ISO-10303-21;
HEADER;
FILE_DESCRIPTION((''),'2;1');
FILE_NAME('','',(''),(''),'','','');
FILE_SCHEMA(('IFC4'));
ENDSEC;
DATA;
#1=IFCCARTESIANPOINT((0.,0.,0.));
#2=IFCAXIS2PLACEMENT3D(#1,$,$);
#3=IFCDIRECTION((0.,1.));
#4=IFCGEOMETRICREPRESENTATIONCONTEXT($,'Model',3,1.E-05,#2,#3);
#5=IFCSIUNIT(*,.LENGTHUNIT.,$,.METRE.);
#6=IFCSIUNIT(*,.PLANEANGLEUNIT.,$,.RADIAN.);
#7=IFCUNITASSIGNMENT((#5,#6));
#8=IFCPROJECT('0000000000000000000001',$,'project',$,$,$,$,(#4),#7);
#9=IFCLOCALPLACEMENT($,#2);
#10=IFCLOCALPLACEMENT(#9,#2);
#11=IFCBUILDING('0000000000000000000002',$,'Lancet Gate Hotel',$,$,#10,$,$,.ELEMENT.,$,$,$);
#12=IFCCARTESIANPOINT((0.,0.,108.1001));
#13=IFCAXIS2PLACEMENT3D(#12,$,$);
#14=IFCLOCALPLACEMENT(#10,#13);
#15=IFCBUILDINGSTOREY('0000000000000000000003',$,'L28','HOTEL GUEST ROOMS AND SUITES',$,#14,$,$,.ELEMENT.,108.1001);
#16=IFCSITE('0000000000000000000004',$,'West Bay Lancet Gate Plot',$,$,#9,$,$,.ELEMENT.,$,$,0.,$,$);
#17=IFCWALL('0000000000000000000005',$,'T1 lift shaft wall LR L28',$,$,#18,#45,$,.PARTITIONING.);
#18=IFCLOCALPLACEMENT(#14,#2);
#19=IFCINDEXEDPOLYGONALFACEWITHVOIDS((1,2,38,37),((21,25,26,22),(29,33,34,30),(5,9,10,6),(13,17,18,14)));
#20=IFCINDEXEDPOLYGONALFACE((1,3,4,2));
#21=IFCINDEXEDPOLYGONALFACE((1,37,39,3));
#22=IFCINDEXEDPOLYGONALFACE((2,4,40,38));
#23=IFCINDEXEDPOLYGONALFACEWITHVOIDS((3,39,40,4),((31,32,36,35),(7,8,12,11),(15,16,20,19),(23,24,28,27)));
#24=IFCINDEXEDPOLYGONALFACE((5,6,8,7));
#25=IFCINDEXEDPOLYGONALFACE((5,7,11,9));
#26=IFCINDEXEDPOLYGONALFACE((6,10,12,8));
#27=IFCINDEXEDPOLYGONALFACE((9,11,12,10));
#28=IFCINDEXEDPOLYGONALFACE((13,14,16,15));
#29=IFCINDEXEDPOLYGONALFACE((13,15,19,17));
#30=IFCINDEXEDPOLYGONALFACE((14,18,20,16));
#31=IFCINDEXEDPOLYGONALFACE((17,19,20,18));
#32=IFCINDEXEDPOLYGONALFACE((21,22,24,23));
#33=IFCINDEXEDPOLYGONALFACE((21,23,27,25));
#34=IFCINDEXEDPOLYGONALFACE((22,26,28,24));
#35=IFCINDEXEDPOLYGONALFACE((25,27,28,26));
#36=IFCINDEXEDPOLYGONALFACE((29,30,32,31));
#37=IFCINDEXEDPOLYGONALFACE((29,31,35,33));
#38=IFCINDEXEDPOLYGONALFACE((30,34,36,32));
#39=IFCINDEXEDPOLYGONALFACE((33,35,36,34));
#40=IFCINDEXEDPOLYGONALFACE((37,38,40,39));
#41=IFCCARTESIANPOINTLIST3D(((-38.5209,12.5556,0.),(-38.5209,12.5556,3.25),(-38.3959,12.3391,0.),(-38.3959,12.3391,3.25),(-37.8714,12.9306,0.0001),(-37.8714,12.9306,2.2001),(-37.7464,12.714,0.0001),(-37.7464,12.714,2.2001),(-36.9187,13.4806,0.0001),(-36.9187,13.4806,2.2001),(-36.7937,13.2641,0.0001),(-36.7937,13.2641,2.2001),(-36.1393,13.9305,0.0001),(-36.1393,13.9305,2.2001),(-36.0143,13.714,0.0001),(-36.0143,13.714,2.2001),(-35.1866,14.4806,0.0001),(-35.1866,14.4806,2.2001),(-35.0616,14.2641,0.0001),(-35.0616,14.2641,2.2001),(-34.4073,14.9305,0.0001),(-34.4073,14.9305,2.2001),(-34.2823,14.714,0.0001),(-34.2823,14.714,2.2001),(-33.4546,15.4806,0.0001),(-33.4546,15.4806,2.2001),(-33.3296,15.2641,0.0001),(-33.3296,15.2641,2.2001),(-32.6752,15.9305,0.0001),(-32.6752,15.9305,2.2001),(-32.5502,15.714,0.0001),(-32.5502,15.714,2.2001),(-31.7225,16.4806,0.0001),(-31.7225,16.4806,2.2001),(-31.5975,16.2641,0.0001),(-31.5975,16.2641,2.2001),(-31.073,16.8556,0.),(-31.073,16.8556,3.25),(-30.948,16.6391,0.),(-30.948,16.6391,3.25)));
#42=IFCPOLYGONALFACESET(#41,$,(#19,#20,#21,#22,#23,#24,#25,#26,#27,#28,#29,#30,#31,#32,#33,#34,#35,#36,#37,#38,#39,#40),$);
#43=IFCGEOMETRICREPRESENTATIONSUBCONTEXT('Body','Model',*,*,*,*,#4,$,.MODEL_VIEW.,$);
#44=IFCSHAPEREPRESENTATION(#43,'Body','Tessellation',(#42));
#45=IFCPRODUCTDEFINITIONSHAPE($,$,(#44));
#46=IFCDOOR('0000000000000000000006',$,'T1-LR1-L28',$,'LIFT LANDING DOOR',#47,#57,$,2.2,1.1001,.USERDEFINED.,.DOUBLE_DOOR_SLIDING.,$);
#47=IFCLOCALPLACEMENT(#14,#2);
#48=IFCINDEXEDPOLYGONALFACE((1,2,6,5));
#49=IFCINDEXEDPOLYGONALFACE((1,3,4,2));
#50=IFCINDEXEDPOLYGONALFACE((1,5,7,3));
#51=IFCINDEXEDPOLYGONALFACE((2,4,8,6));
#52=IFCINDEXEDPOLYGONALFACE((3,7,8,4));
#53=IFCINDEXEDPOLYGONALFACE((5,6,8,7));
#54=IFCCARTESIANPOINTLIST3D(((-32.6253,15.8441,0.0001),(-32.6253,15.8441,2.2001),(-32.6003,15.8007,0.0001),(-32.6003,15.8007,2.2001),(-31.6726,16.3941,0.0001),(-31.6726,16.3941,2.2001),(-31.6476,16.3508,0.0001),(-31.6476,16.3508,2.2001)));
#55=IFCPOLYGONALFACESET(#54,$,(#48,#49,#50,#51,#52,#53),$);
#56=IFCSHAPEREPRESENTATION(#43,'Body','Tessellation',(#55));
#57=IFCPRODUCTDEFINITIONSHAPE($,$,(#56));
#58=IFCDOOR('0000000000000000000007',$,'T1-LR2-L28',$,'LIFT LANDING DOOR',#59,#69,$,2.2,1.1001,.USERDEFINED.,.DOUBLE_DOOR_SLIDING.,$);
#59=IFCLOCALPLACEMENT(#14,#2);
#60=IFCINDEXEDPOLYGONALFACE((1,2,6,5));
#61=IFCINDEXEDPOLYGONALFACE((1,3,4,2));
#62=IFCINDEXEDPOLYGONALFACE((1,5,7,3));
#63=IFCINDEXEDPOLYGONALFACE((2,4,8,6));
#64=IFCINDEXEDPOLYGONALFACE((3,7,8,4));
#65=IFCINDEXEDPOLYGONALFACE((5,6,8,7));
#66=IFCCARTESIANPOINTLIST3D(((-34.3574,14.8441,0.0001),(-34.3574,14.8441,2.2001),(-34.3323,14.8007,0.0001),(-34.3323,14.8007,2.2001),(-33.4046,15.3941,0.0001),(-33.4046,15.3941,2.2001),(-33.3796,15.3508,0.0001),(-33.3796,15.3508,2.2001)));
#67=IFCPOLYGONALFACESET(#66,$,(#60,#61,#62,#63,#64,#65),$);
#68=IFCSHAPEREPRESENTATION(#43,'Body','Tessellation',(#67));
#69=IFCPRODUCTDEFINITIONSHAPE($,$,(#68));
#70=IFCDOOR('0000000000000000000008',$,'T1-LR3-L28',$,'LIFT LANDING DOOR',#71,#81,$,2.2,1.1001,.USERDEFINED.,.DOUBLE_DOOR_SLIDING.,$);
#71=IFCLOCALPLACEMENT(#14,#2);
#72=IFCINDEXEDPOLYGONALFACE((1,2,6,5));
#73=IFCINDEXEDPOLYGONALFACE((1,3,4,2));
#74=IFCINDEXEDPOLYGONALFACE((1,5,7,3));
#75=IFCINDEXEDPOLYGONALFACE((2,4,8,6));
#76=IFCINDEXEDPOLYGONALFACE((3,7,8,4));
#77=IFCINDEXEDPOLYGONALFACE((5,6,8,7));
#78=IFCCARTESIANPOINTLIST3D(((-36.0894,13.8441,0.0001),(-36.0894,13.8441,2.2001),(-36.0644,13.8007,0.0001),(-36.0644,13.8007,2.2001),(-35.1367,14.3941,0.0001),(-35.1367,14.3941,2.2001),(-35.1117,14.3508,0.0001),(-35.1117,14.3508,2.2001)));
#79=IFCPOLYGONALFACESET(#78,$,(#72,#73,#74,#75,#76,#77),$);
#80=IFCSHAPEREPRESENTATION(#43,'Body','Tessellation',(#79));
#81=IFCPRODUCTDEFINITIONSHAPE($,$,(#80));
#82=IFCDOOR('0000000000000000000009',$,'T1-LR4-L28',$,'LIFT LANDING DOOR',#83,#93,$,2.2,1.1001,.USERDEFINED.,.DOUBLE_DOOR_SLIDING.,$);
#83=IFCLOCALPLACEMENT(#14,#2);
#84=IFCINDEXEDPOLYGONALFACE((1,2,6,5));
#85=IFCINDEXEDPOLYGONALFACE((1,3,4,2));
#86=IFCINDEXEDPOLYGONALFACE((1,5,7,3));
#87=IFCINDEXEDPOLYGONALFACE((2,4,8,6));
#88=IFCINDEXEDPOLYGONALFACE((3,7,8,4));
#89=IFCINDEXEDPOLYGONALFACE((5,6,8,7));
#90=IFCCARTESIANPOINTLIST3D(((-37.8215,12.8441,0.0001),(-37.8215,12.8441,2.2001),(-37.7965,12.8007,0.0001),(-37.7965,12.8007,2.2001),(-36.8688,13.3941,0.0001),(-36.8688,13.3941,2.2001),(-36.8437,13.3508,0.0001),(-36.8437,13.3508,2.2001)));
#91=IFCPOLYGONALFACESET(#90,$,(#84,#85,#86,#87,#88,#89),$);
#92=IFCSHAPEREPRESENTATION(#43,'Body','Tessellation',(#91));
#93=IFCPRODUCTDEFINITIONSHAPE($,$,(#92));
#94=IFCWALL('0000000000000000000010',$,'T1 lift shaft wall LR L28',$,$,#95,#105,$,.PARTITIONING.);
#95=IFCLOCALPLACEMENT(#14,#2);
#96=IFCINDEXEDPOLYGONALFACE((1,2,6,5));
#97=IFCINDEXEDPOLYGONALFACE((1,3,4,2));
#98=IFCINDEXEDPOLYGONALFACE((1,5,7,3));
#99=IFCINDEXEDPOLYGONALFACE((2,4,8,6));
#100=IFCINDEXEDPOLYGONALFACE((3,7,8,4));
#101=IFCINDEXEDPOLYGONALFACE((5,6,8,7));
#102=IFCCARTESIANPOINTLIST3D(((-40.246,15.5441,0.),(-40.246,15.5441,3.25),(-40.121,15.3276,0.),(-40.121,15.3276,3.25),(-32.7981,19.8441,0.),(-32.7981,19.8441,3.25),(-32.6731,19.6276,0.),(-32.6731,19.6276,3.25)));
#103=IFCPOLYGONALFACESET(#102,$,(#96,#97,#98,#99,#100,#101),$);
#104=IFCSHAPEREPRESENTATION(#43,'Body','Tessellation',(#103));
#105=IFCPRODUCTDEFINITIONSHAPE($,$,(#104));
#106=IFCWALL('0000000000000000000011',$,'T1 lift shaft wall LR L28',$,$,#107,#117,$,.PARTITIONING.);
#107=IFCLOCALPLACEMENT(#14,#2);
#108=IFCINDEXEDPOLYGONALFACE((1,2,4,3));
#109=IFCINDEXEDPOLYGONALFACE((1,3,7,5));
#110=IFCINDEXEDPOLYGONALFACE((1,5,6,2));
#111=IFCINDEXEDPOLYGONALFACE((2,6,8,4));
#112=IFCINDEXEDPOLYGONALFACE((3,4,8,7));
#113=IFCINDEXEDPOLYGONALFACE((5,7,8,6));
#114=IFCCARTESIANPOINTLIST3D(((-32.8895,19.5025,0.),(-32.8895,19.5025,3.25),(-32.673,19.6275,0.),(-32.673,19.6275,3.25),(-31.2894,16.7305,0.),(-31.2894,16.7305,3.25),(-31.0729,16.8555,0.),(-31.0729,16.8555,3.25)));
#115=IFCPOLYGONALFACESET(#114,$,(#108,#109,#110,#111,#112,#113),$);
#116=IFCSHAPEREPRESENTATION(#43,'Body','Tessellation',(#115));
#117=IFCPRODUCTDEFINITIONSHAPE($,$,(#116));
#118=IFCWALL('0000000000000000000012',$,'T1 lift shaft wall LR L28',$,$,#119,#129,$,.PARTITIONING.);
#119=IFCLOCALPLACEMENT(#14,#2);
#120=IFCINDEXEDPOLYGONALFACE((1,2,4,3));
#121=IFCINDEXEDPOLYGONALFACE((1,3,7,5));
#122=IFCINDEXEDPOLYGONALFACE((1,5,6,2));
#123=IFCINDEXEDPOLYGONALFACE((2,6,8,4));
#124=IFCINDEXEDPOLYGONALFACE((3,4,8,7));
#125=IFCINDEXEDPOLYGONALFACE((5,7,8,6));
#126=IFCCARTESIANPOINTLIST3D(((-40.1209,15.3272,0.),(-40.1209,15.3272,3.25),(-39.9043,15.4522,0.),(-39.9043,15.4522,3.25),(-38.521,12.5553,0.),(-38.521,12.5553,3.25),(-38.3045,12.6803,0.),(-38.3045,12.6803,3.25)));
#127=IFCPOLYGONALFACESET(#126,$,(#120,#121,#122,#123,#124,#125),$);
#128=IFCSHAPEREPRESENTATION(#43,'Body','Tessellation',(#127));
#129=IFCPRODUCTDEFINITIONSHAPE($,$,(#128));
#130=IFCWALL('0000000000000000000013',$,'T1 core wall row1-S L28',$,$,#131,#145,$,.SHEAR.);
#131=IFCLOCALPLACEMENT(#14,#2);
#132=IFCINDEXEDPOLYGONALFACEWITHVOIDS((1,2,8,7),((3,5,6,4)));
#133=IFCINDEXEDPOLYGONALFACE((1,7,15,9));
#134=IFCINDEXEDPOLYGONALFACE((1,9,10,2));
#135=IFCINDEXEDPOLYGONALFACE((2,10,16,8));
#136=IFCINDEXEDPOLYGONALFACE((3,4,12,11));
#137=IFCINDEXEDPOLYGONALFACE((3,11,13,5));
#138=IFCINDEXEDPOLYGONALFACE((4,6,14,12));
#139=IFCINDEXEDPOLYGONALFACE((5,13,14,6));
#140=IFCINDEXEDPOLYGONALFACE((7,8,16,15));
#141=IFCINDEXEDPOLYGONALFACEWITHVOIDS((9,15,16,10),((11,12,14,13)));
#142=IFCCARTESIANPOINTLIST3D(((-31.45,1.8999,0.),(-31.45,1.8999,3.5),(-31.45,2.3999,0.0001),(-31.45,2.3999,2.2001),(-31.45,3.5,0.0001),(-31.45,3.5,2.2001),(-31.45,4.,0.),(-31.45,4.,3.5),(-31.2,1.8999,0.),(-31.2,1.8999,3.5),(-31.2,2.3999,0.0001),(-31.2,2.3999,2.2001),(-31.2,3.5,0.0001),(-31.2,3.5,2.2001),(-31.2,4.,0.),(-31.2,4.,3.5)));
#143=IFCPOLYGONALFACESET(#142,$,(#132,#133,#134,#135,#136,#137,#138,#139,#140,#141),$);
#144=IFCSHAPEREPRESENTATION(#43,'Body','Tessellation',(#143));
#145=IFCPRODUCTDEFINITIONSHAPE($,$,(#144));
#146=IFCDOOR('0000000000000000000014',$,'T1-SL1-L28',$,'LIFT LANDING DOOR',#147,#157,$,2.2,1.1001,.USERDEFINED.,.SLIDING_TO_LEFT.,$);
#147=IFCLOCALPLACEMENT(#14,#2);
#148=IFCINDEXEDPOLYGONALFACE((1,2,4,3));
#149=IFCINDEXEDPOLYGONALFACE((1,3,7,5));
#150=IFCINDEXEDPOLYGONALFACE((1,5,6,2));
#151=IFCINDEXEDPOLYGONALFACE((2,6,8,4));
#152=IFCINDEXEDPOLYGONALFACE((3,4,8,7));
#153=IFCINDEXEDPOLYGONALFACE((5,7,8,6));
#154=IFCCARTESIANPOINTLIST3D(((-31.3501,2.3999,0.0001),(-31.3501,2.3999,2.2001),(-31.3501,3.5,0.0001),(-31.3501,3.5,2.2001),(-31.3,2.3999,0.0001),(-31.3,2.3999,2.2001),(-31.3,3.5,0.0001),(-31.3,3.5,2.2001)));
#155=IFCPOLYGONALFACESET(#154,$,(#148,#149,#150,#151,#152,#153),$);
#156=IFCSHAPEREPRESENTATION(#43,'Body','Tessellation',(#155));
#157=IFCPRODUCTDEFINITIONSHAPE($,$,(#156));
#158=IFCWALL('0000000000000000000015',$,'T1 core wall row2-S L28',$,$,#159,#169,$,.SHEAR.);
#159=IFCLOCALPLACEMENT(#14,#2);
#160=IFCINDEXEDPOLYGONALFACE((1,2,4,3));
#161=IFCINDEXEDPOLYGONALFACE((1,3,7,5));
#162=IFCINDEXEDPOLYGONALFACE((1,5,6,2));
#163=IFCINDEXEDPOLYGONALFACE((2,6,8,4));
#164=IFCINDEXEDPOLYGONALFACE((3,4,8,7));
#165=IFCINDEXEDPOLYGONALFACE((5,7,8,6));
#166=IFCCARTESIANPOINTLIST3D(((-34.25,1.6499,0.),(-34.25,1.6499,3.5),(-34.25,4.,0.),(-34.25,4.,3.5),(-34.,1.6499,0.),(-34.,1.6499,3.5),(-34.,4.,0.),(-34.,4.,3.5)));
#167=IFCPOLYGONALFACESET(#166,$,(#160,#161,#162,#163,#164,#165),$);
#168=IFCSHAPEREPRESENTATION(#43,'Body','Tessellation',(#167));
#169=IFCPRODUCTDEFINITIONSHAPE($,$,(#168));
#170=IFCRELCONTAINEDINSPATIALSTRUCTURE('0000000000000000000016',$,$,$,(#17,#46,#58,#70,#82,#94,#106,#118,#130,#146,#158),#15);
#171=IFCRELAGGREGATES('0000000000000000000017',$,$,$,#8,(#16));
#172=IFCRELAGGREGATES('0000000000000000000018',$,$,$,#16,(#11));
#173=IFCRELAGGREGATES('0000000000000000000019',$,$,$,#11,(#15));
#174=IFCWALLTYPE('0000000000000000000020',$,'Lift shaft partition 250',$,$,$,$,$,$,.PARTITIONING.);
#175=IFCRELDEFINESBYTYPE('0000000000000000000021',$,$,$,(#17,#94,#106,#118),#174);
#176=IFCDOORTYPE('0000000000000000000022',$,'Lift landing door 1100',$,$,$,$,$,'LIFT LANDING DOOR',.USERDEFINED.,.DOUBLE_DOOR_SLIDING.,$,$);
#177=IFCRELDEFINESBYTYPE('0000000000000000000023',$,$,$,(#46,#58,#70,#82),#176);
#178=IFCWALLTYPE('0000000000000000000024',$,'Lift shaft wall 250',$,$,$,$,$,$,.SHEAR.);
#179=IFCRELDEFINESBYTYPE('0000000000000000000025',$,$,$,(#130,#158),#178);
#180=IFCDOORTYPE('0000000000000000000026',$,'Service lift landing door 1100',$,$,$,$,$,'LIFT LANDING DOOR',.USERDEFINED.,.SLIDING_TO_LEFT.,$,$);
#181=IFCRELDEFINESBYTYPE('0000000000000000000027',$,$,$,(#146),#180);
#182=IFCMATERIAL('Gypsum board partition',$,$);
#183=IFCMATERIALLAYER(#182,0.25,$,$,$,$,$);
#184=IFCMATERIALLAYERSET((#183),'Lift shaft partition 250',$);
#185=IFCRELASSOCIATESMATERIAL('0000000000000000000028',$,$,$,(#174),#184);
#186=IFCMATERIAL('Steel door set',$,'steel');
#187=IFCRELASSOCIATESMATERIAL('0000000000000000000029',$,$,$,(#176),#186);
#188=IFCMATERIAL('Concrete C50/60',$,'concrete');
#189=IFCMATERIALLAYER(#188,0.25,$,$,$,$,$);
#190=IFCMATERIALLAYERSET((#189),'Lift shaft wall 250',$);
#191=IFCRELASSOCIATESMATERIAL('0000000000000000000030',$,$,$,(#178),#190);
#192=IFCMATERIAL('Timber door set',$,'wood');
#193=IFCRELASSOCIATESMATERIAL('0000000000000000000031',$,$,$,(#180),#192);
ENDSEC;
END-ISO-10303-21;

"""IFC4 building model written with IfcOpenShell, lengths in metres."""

from ifc_helpers import new_model, si_unit, direction, frame, frame_2d, origin, place, context, subcontext, project, spatial, rectangle, extrude, material, layer, layer_set, type_object, element, fill, save


model = new_model("IFC4")

# Units and contexts
model_context = context("Model", 3, precision=1e-05, world=origin(), true_north=direction((0.0, 1.0)))
body_context = subcontext(model_context, "Body", "Model", "MODEL_VIEW")
ifc_project = project(units=[si_unit("LENGTHUNIT", "METRE"), si_unit("PLANEANGLEUNIT", "RADIAN")], contexts=[model_context])

# Site, building, storey
site_placement = place(None, origin())
site = spatial("IfcSite", under=ifc_project, at=site_placement, Name="West Bay Lancet Gate Plot", CompositionType="ELEMENT", RefElevation=0.0)
building_placement = place(site_placement, origin())
building = spatial("IfcBuilding", under=site, at=building_placement, Name="Lancet Gate Hotel", CompositionType="ELEMENT")
storey_placement = place(building_placement, frame((0.0, 0.0, 108.1001)))
storey = spatial("IfcBuildingStorey", under=building, at=storey_placement, Name="L28", Description="HOTEL GUEST ROOMS AND SUITES", CompositionType="ELEMENT", Elevation=108.1001)

# Wall, openings, doors
ifc_material_1 = material(Name="Gypsum board partition")
ifc_layer_1 = layer(ifc_material_1, 0.25)
ifc_layer_set_1 = layer_set([ifc_layer_1], Name="Lift shaft partition 250")
wall_type_1 = type_object("IfcWallType", Name="Lift shaft partition 250", PredefinedType="PARTITIONING", material=ifc_layer_set_1)
wall_1_placement = place(storey_placement, frame((-31.0105, 16.7473, 0.0), z_axis=(0.0, 0.0, 1.0), x_axis=(-0.866028, -0.499995, 0.0)))
wall_1 = element("IfcWall", 1, at=wall_1_placement, inside=storey, type_object=wall_type_1, Name="T1 lift shaft wall LR L28", PredefinedType="PARTITIONING", context=body_context, shape_type="SweptSolid", body=[
    extrude(rectangle(XDim=8.6001, YDim=0.25, at=frame_2d((4.3, 0.0))), origin(), (0.0, 0.0, 1.0), 3.25),
])
opening_1_placement = place(wall_1_placement, frame((0.75, 0.0, 0.0)))
opening_1 = element("IfcOpeningElement", 2, at=opening_1_placement, cuts=wall_1, PredefinedType="OPENING", context=body_context, shape_type="SweptSolid", body=[
    extrude(rectangle(XDim=1.1001, YDim=2.2, at=frame_2d((0.55, 1.1001))), frame((0.0, 0.135, 0.0), z_axis=(0.0, -1.0, 0.0), x_axis=(1.0, 0.0, 0.0)), (0.0, 0.0, 1.0), 0.27),
])
opening_2_placement = place(wall_1_placement, frame((2.75, 0.0, 0.0)))
opening_2 = element("IfcOpeningElement", 3, at=opening_2_placement, cuts=wall_1, PredefinedType="OPENING", context=body_context, shape_type="SweptSolid", body=[
    extrude(rectangle(XDim=1.1001, YDim=2.2, at=frame_2d((0.55, 1.1001))), frame((0.0, 0.135, 0.0), z_axis=(0.0, -1.0, 0.0), x_axis=(1.0, 0.0, 0.0)), (0.0, 0.0, 1.0), 0.27),
])
opening_3_placement = place(wall_1_placement, frame((4.75, 0.0, 0.0)))
opening_3 = element("IfcOpeningElement", 4, at=opening_3_placement, cuts=wall_1, PredefinedType="OPENING", context=body_context, shape_type="SweptSolid", body=[
    extrude(rectangle(XDim=1.1001, YDim=2.2, at=frame_2d((0.55, 1.1001))), frame((0.0, 0.135, 0.0), z_axis=(0.0, -1.0, 0.0), x_axis=(1.0, 0.0, 0.0)), (0.0, 0.0, 1.0), 0.27),
])
opening_4_placement = place(wall_1_placement, frame((6.75, 0.0, 0.0)))
opening_4 = element("IfcOpeningElement", 5, at=opening_4_placement, cuts=wall_1, PredefinedType="OPENING", context=body_context, shape_type="SweptSolid", body=[
    extrude(rectangle(XDim=1.1001, YDim=2.2, at=frame_2d((0.55, 1.1001))), frame((0.0, 0.135, 0.0), z_axis=(0.0, -1.0, 0.0), x_axis=(1.0, 0.0, 0.0)), (0.0, 0.0, 1.0), 0.27),
])
ifc_material_2 = material(Name="Steel door set", Category="steel")
door_type_1 = type_object("IfcDoorType", Name="Lift landing door 1100", ElementType="LIFT LANDING DOOR", OperationType="DOUBLE_DOOR_SLIDING", PredefinedType="USERDEFINED", material=ifc_material_2)
door_1_placement = place(opening_1_placement, origin())
door_1 = element("IfcDoor", 6, at=door_1_placement, inside=storey, type_object=door_type_1, Name="T1-LR1-L28", ObjectType="LIFT LANDING DOOR", OperationType="DOUBLE_DOOR_SLIDING", OverallHeight=2.2, OverallWidth=1.1001, PredefinedType="USERDEFINED", context=body_context, shape_type="SweptSolid", body=[
    extrude(rectangle(XDim=1.1001, YDim=2.2, at=frame_2d((0.55, 1.1001))), frame((0.0, 0.0249, 0.0), z_axis=(0.0, -1.0, 0.0), x_axis=(1.0, 0.0, 0.0)), (0.0, 0.0, 1.0), 0.05),
])
fill(opening_1, door_1)
door_2_placement = place(opening_2_placement, origin())
door_2 = element("IfcDoor", 7, at=door_2_placement, inside=storey, type_object=door_type_1, Name="T1-LR2-L28", ObjectType="LIFT LANDING DOOR", OperationType="DOUBLE_DOOR_SLIDING", OverallHeight=2.2, OverallWidth=1.1001, PredefinedType="USERDEFINED", context=body_context, shape_type="SweptSolid", body=[
    extrude(rectangle(XDim=1.1001, YDim=2.2, at=frame_2d((0.55, 1.1001))), frame((0.0, 0.0249, 0.0), z_axis=(0.0, -1.0, 0.0), x_axis=(1.0, 0.0, 0.0)), (0.0, 0.0, 1.0), 0.05),
])
fill(opening_2, door_2)
door_3_placement = place(opening_3_placement, origin())
door_3 = element("IfcDoor", 8, at=door_3_placement, inside=storey, type_object=door_type_1, Name="T1-LR3-L28", ObjectType="LIFT LANDING DOOR", OperationType="DOUBLE_DOOR_SLIDING", OverallHeight=2.2, OverallWidth=1.1001, PredefinedType="USERDEFINED", context=body_context, shape_type="SweptSolid", body=[
    extrude(rectangle(XDim=1.1001, YDim=2.2, at=frame_2d((0.55, 1.1001))), frame((0.0, 0.0249, 0.0), z_axis=(0.0, -1.0, 0.0), x_axis=(1.0, 0.0, 0.0)), (0.0, 0.0, 1.0), 0.05),
])
fill(opening_3, door_3)
door_4_placement = place(opening_4_placement, origin())
door_4 = element("IfcDoor", 9, at=door_4_placement, inside=storey, type_object=door_type_1, Name="T1-LR4-L28", ObjectType="LIFT LANDING DOOR", OperationType="DOUBLE_DOOR_SLIDING", OverallHeight=2.2, OverallWidth=1.1001, PredefinedType="USERDEFINED", context=body_context, shape_type="SweptSolid", body=[
    extrude(rectangle(XDim=1.1001, YDim=2.2, at=frame_2d((0.55, 1.1001))), frame((0.0, 0.0249, 0.0), z_axis=(0.0, -1.0, 0.0), x_axis=(1.0, 0.0, 0.0)), (0.0, 0.0, 1.0), 0.05),
])
fill(opening_4, door_4)

# Walls
wall_2_placement = place(storey_placement, frame((-32.7356, 19.7358, 0.0), z_axis=(0.0, 0.0, 1.0), x_axis=(-0.866028, -0.499995, 0.0)))
element("IfcWall", 10, at=wall_2_placement, inside=storey, type_object=wall_type_1, Name="T1 lift shaft wall LR L28", PredefinedType="PARTITIONING", context=body_context, shape_type="SweptSolid", body=[
    extrude(rectangle(XDim=8.6001, YDim=0.25, at=frame_2d((4.3, 0.0))), origin(), (0.0, 0.0, 1.0), 3.25),
])
wall_3_placement = place(storey_placement, frame((-31.1812, 16.793, 0.0), z_axis=(0.0, 0.0, 1.0), x_axis=(-0.499929, 0.866066, 0.0)))
element("IfcWall", 11, at=wall_3_placement, inside=storey, type_object=wall_type_1, Name="T1 lift shaft wall LR L28", PredefinedType="PARTITIONING", context=body_context, shape_type="SweptSolid", body=[
    extrude(rectangle(XDim=3.2007, YDim=0.25, at=frame_2d((1.6003, 0.0))), origin(), (0.0, 0.0, 1.0), 3.25),
])
wall_4_placement = place(storey_placement, frame((-38.4128, 12.6179, 0.0), z_axis=(0.0, 0.0, 1.0), x_axis=(-0.499872, 0.866099, 0.0)))
element("IfcWall", 12, at=wall_4_placement, inside=storey, type_object=wall_type_1, Name="T1 lift shaft wall LR L28", PredefinedType="PARTITIONING", context=body_context, shape_type="SweptSolid", body=[
    extrude(rectangle(XDim=3.2004, YDim=0.25, at=frame_2d((1.6001, 0.0))), origin(), (0.0, 0.0, 1.0), 3.25),
])

# Wall, opening, door
ifc_material_3 = material(Name="Concrete C50/60", Category="concrete")
ifc_layer_2 = layer(ifc_material_3, 0.25)
ifc_layer_set_2 = layer_set([ifc_layer_2], Name="Lift shaft wall 250")
wall_type_2 = type_object("IfcWallType", Name="Lift shaft wall 250", PredefinedType="SHEAR", material=ifc_layer_set_2)
wall_5_placement = place(storey_placement, frame((-31.325, 4.0, 0.0), z_axis=(0.0, 0.0, 1.0), x_axis=(0.0, -1.0, 0.0)))
wall_5 = element("IfcWall", 13, at=wall_5_placement, inside=storey, type_object=wall_type_2, Name="T1 core wall row1-S L28", PredefinedType="SHEAR", context=body_context, shape_type="SweptSolid", body=[
    extrude(rectangle(XDim=2.1001, YDim=0.25, at=frame_2d((1.05, 0.0))), origin(), (0.0, 0.0, 1.0), 3.5),
])
opening_5_placement = place(wall_5_placement, frame((0.5, 0.0, 0.0)))
opening_5 = element("IfcOpeningElement", 14, at=opening_5_placement, cuts=wall_5, PredefinedType="OPENING", context=body_context, shape_type="SweptSolid", body=[
    extrude(rectangle(XDim=1.1001, YDim=2.2, at=frame_2d((0.55, 1.1001))), frame((0.0, 0.135, 0.0), z_axis=(0.0, -1.0, 0.0), x_axis=(1.0, 0.0, 0.0)), (0.0, 0.0, 1.0), 0.27),
])
ifc_material_4 = material(Name="Timber door set", Category="wood")
door_type_2 = type_object("IfcDoorType", Name="Service lift landing door 1100", ElementType="LIFT LANDING DOOR", OperationType="SLIDING_TO_LEFT", PredefinedType="USERDEFINED", material=ifc_material_4)
door_5_placement = place(opening_5_placement, origin())
door_5 = element("IfcDoor", 15, at=door_5_placement, inside=storey, type_object=door_type_2, Name="T1-SL1-L28", ObjectType="LIFT LANDING DOOR", OperationType="SLIDING_TO_LEFT", OverallHeight=2.2, OverallWidth=1.1001, PredefinedType="USERDEFINED", context=body_context, shape_type="SweptSolid", body=[
    extrude(rectangle(XDim=1.1001, YDim=2.2, at=frame_2d((0.55, 1.1001))), frame((0.0, 0.0249, 0.0), z_axis=(0.0, -1.0, 0.0), x_axis=(1.0, 0.0, 0.0)), (0.0, 0.0, 1.0), 0.05),
])
fill(opening_5, door_5)

# Wall
wall_6_placement = place(storey_placement, frame((-34.125, 4.0, 0.0), z_axis=(0.0, 0.0, 1.0), x_axis=(0.0, -1.0, 0.0)))
element("IfcWall", 16, at=wall_6_placement, inside=storey, type_object=wall_type_2, Name="T1 core wall row2-S L28", PredefinedType="SHEAR", context=body_context, shape_type="SweptSolid", body=[
    extrude(rectangle(XDim=2.3501, YDim=0.25, at=frame_2d((1.175, 0.0))), origin(), (0.0, 0.0, 1.0), 3.5),
])

save(model, "model.ifc")
